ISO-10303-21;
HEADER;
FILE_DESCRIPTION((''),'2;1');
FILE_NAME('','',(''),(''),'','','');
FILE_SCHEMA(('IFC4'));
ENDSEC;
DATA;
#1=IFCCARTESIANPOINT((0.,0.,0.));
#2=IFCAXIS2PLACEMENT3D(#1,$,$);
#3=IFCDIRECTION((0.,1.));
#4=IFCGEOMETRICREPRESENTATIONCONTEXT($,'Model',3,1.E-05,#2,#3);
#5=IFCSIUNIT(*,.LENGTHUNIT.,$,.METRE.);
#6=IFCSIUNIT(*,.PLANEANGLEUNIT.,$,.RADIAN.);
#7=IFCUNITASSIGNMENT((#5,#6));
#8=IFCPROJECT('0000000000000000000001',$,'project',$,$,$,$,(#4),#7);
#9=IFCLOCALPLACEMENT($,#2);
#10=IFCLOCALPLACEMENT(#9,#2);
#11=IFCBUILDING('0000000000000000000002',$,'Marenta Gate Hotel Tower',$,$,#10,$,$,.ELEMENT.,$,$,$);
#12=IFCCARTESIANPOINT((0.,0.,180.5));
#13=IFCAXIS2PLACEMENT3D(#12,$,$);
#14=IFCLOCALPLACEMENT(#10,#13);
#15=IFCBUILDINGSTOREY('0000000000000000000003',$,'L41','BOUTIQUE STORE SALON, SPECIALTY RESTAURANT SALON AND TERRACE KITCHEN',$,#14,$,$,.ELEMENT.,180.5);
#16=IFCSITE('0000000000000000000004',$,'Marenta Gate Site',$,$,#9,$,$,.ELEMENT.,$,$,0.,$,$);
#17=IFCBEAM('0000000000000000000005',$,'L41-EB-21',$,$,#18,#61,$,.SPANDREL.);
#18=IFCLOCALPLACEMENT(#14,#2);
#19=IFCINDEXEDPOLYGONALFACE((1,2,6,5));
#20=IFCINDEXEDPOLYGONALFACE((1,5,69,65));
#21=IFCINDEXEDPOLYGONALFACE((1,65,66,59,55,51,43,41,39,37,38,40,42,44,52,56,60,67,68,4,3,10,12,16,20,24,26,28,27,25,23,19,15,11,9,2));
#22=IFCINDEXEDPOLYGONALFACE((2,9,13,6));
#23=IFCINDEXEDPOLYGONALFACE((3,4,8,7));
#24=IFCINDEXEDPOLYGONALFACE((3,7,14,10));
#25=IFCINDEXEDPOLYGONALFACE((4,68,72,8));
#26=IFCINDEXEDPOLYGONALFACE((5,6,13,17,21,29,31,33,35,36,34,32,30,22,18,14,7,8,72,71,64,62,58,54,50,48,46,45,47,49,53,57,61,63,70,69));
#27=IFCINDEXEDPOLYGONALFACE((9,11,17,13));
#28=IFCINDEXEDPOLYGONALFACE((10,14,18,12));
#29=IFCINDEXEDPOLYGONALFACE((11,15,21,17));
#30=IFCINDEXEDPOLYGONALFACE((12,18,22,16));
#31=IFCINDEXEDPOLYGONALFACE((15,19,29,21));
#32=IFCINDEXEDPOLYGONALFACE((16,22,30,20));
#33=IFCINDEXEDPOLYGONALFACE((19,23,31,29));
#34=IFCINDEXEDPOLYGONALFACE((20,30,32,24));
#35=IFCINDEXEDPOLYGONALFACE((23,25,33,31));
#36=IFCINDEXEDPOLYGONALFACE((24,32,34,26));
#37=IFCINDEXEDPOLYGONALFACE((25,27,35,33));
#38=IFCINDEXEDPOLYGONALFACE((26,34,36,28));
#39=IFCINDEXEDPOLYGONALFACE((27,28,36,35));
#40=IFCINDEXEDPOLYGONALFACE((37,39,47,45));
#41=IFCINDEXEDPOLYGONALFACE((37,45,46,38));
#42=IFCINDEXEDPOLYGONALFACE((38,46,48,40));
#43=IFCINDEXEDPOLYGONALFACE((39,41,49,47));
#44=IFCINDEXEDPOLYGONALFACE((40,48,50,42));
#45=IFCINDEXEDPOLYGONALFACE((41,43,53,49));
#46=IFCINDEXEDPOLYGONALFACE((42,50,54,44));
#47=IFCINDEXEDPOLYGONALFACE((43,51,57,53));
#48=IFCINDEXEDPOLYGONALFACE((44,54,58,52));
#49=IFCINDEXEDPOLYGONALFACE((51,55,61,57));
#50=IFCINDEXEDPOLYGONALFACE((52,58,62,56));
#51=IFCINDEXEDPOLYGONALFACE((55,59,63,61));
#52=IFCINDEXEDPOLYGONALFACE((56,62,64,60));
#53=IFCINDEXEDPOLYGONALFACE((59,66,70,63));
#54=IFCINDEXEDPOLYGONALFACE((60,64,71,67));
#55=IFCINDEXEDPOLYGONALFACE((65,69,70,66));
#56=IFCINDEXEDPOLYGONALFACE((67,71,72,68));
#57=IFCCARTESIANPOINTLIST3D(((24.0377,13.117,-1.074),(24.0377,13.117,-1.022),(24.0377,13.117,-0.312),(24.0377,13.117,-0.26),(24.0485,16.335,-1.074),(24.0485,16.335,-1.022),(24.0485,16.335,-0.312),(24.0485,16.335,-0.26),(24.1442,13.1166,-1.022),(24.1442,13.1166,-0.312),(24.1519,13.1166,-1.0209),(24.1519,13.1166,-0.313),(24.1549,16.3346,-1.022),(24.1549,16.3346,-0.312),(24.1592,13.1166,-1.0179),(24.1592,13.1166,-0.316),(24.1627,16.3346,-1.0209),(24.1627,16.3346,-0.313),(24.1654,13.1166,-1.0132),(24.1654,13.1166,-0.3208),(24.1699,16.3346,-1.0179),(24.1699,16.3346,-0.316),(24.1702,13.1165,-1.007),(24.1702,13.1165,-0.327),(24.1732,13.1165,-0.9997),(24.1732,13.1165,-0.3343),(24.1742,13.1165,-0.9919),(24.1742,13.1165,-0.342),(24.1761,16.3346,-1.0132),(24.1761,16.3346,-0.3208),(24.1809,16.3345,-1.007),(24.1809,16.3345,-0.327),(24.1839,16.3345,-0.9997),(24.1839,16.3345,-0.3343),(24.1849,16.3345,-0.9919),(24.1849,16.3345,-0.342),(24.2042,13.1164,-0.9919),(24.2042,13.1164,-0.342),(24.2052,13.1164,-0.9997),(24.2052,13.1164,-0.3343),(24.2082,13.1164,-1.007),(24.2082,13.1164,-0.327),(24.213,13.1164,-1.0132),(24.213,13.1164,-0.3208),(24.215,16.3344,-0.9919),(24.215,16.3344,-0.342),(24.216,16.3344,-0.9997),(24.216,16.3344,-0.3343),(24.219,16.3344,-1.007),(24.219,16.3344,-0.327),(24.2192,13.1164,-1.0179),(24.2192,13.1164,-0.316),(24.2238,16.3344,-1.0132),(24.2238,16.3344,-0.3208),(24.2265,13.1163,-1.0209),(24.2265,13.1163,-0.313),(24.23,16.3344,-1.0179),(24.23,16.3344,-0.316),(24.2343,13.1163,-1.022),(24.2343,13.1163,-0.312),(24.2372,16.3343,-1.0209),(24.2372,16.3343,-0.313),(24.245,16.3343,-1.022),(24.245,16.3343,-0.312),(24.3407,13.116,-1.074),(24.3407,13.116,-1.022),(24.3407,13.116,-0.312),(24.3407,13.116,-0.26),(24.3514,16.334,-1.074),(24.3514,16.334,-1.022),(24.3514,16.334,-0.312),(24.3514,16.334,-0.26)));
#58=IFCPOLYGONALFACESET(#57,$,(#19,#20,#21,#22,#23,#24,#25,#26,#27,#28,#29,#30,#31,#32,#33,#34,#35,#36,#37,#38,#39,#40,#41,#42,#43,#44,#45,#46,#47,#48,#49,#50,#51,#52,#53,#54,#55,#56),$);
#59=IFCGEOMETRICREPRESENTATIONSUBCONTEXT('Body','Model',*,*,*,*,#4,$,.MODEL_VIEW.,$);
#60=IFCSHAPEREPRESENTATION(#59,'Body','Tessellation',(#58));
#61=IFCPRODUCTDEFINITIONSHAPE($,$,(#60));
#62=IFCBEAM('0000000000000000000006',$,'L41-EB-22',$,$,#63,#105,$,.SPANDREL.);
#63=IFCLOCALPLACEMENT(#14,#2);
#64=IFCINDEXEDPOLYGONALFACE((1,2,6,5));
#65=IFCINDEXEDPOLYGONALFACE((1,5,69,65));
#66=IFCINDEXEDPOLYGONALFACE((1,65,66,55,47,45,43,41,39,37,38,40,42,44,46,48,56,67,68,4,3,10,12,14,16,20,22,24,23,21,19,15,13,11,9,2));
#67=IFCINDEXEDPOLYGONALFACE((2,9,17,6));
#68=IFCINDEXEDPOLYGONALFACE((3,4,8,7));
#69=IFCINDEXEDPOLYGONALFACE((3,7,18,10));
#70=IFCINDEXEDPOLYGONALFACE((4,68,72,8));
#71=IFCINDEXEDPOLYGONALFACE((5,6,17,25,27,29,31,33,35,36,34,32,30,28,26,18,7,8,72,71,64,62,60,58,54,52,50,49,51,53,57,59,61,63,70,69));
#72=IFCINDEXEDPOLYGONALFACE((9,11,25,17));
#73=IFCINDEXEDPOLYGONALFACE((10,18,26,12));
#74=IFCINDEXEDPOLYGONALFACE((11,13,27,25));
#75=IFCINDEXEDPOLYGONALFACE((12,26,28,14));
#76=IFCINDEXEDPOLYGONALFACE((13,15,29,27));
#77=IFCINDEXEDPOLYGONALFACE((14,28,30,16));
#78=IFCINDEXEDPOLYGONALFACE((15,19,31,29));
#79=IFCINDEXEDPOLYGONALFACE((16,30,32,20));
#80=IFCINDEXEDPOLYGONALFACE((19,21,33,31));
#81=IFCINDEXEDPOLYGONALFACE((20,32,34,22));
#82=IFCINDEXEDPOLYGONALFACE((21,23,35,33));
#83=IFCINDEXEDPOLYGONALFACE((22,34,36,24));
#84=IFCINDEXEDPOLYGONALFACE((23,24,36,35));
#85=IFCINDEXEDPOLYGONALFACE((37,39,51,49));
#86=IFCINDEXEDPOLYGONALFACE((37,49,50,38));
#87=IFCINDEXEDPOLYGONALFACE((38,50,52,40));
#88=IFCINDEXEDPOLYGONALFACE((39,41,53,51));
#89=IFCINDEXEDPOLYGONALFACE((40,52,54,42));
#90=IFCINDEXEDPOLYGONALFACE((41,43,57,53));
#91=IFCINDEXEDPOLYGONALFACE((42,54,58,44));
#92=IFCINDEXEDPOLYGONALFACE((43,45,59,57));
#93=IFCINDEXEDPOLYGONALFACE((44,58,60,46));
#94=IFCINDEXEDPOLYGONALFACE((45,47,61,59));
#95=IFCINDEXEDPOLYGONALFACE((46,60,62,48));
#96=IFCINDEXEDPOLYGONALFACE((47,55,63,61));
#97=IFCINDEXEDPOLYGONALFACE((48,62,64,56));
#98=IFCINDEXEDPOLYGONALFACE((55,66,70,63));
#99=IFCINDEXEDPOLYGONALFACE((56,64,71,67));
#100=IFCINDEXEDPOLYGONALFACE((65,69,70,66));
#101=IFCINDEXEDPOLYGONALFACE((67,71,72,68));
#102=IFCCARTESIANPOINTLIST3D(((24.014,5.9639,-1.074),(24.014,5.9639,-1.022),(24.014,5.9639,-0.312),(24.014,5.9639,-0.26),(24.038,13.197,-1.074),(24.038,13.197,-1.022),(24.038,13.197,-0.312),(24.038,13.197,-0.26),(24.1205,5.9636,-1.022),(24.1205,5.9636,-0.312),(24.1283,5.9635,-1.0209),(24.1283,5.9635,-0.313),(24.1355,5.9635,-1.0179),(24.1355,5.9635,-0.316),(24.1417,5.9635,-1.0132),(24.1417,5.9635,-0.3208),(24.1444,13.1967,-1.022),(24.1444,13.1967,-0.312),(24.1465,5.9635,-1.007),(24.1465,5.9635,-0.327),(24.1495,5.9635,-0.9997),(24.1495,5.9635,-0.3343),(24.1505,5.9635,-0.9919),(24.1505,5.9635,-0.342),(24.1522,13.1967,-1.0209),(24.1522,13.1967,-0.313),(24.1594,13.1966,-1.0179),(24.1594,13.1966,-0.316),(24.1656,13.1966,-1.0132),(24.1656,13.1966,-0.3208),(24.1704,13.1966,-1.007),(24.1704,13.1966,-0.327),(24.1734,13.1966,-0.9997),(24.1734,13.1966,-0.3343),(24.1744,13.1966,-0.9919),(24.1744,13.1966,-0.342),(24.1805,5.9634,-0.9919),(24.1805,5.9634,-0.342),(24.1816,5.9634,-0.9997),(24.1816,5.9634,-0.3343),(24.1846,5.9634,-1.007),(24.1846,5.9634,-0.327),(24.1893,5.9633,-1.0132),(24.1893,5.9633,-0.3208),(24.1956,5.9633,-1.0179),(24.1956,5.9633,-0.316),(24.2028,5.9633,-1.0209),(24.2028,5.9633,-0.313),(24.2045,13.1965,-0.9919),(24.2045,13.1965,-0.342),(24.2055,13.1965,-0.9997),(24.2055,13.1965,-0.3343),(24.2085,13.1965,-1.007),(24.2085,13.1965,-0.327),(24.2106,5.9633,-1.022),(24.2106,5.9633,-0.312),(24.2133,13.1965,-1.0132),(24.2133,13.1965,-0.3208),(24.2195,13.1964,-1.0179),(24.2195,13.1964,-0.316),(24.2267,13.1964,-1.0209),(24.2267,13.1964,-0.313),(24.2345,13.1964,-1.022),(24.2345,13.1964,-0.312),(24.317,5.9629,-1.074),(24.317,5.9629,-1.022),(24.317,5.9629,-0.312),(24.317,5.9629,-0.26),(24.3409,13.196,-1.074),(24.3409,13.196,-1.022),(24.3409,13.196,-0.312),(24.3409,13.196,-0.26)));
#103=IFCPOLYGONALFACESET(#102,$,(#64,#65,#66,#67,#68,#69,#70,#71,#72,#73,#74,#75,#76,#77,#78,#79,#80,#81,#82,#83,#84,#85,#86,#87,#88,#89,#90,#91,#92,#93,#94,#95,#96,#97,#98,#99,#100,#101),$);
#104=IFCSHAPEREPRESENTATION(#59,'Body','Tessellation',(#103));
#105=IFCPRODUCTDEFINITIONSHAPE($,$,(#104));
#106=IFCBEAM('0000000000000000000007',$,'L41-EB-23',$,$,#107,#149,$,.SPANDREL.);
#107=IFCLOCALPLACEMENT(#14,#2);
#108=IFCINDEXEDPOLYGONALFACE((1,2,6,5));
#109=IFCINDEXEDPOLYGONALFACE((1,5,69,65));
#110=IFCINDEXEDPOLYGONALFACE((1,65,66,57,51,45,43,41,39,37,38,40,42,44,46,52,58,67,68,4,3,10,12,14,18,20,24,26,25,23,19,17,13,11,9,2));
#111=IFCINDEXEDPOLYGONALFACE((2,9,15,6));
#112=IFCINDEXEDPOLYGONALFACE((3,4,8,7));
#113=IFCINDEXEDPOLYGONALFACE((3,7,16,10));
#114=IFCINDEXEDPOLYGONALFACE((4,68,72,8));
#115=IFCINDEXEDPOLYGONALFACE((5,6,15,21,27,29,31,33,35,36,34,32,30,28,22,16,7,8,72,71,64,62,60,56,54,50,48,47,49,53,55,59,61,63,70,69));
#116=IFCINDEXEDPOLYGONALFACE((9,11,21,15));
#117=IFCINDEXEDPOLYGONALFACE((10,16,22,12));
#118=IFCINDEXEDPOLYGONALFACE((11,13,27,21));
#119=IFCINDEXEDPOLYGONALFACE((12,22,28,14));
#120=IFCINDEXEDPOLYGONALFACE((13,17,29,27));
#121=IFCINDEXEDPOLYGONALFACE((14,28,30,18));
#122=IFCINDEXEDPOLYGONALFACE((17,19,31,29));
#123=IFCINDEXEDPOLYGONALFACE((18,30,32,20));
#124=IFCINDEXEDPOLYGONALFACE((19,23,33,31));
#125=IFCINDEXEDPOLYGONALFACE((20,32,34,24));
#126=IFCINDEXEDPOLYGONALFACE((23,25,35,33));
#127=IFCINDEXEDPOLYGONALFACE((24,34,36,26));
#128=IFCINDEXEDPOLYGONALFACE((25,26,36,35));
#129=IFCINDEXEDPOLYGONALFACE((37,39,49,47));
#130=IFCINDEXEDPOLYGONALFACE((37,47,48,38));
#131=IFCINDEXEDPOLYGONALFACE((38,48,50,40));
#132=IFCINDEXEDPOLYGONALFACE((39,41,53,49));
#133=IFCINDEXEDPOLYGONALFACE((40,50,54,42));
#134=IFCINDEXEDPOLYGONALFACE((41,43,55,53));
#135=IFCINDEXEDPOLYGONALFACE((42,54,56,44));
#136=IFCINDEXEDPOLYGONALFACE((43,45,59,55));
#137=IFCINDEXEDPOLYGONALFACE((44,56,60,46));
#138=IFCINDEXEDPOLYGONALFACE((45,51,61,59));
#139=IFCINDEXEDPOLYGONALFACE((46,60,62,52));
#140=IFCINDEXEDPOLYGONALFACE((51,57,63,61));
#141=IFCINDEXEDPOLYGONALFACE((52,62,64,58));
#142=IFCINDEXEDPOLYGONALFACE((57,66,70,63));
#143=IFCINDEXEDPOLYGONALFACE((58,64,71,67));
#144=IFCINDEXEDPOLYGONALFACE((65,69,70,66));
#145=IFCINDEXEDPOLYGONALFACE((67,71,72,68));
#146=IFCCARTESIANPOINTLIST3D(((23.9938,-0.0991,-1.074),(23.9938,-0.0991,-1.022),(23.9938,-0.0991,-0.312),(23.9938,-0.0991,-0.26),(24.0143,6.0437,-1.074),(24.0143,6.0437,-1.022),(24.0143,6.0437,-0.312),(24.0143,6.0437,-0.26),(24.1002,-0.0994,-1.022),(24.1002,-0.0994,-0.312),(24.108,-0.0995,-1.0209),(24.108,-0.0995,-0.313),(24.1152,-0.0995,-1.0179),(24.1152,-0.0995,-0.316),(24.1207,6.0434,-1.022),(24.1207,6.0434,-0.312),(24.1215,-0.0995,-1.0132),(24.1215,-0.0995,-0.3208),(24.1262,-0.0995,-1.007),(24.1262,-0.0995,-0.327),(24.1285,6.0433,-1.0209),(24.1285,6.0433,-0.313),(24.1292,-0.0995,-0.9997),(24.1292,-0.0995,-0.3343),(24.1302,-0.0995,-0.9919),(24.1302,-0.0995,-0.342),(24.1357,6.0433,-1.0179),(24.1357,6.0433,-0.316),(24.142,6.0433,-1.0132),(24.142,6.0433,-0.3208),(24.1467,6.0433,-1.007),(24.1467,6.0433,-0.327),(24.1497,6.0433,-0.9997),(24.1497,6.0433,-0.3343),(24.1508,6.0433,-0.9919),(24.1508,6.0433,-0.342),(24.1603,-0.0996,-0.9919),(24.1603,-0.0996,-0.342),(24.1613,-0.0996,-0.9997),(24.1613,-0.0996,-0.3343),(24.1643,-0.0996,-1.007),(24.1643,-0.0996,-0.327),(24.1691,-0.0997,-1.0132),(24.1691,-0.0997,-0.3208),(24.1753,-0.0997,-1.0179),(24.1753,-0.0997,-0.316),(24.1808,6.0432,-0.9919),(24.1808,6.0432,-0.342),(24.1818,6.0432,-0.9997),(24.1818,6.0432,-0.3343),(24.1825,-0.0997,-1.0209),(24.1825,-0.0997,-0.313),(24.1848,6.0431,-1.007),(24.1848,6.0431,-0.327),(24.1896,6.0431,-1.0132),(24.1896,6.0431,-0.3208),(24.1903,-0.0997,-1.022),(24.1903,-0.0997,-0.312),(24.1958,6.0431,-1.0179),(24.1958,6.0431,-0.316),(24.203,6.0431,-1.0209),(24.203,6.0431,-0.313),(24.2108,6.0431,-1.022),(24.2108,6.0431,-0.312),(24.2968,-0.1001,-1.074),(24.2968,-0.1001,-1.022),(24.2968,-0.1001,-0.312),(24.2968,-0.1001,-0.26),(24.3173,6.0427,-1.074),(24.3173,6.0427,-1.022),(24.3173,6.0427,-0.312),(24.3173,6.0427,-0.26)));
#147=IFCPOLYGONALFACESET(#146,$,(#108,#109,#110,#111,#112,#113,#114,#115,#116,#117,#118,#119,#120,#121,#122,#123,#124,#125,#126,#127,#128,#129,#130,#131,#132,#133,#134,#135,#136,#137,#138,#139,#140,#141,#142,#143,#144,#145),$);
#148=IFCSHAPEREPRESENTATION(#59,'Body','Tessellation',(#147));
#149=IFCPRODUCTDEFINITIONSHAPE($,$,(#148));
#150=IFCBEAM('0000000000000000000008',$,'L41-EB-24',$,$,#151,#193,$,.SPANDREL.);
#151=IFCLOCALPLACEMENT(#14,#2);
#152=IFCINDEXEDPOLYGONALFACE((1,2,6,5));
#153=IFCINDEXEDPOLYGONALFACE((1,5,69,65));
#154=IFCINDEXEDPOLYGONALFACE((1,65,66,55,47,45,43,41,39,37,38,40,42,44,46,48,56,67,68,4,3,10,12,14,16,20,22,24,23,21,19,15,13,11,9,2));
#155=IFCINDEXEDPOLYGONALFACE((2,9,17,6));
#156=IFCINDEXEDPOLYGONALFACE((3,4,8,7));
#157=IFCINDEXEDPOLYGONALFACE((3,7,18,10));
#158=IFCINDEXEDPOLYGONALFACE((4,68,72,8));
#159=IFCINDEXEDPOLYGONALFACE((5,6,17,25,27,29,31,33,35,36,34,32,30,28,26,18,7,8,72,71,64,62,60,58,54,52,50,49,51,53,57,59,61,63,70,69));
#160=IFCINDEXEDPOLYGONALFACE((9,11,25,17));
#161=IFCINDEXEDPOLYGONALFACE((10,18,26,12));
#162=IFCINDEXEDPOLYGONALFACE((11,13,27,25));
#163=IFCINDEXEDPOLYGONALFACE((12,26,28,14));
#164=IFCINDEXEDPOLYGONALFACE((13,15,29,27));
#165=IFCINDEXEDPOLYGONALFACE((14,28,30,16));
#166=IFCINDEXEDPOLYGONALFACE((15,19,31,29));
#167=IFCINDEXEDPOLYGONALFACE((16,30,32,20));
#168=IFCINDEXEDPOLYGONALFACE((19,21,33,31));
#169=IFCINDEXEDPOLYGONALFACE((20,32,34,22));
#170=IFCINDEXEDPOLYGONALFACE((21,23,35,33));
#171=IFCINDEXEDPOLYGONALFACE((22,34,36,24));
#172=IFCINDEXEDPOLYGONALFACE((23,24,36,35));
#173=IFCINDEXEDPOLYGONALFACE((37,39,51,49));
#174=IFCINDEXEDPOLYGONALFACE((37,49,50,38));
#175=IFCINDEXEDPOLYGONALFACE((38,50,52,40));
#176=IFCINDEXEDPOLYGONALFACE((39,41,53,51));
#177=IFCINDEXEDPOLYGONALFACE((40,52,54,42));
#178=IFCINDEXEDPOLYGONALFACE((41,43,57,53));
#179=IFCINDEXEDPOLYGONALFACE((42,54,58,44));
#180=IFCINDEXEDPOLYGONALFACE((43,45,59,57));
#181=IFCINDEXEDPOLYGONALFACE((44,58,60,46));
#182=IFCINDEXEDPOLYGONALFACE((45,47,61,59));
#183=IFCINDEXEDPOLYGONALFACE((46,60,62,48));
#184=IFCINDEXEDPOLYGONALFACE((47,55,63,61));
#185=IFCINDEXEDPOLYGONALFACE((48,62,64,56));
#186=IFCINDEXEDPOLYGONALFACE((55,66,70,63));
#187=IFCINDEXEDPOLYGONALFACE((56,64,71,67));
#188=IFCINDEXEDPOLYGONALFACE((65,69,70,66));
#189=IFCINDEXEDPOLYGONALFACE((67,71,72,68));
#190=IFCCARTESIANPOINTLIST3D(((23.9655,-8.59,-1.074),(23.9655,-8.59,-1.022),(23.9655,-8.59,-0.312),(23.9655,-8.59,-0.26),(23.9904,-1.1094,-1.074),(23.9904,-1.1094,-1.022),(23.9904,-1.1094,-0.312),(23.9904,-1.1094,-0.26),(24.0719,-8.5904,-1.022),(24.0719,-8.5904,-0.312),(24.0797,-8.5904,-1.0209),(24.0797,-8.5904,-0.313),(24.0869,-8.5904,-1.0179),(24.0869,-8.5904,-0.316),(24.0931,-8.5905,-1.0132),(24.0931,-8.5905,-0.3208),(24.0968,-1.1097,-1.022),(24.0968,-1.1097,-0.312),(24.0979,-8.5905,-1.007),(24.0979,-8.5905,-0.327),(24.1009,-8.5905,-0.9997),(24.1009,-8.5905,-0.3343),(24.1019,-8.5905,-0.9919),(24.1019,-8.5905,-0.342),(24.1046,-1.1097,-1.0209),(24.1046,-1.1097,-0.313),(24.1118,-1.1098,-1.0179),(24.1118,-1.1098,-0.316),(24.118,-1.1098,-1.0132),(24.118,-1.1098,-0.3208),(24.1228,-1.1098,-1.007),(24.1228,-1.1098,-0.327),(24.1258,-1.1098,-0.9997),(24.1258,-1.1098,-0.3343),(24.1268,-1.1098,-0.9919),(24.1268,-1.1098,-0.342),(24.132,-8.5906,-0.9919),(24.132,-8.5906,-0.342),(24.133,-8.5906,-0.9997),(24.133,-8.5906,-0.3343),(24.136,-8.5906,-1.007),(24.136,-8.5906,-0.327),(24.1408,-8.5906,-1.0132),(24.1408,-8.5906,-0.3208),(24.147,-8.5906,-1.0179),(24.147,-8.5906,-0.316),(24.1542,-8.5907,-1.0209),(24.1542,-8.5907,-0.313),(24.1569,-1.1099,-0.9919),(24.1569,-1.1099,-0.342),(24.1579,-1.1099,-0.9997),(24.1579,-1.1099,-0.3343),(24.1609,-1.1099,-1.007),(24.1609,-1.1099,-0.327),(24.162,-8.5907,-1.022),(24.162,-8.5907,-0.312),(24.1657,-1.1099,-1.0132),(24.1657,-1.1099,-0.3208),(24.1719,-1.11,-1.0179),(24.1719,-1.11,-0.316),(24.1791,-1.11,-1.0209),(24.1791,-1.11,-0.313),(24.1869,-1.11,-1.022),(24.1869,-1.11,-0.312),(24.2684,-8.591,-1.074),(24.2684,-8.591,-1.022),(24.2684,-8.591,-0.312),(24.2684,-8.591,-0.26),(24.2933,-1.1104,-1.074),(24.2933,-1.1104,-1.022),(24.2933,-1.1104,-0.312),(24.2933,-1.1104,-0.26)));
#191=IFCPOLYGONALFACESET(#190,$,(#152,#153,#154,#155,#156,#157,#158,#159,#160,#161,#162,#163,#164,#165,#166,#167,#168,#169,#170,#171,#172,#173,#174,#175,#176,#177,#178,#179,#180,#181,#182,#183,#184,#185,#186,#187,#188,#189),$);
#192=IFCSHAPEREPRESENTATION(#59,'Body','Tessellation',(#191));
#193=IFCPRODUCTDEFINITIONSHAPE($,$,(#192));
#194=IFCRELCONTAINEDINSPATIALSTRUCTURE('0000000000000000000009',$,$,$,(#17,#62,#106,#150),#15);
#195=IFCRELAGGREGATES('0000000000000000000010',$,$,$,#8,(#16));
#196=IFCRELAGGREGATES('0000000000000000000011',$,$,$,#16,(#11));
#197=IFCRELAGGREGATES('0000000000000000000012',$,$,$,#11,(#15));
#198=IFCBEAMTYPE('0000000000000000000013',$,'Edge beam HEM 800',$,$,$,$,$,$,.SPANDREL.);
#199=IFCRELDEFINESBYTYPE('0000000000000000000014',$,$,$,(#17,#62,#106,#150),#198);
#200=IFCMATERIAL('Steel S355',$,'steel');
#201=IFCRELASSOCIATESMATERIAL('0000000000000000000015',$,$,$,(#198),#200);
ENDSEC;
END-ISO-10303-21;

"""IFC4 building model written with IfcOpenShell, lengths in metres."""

from ifc_helpers import new_model, si_unit, direction, frame, origin, origin_2d, place, context, subcontext, project, spatial, i_section, extrude, material, material_profile, profile_set, type_object, element, save


model = new_model("IFC4")

# Units and contexts
model_context = context("Model", 3, precision=1e-05, world=origin(), true_north=direction((0.0, 1.0)))
body_context = subcontext(model_context, "Body", "Model", "MODEL_VIEW")
ifc_project = project(units=[si_unit("LENGTHUNIT", "METRE"), si_unit("PLANEANGLEUNIT", "RADIAN")], contexts=[model_context])

# Site, building, storey
site_placement = place(None, origin())
site = spatial("IfcSite", under=ifc_project, at=site_placement, Name="Marenta Gate Site", CompositionType="ELEMENT", RefElevation=0.0)
building_placement = place(site_placement, origin())
building = spatial("IfcBuilding", under=site, at=building_placement, Name="Marenta Gate Hotel Tower", CompositionType="ELEMENT")
storey_placement = place(building_placement, frame((0.0, 0.0, 180.5)))
storey = spatial("IfcBuildingStorey", under=building, at=storey_placement, Name="L41", Description="BOUTIQUE STORE SALON, SPECIALTY RESTAURANT SALON AND TERRACE KITCHEN", CompositionType="ELEMENT", Elevation=180.5)

# Beams
ifc_material_1 = material(Name="Steel S355", Category="steel")
ifc_material_profile_1 = material_profile(ifc_material_1, i_section(OverallWidth=0.303, OverallDepth=0.814, WebThickness=0.03, FlangeThickness=0.052, FilletRadius=0.03, at=origin_2d()), Name="HEM 800")
ifc_profile_set_1 = profile_set([ifc_material_profile_1], Name="Steel S355")
beam_type_1 = type_object("IfcBeamType", Name="Edge beam HEM 800", PredefinedType="SPANDREL", material=ifc_profile_set_1)
beam_1_placement = place(storey_placement, frame((24.2, 16.3345, -0.667), z_axis=(-0.003338, -0.999994, 0.0), x_axis=(0.999994, -0.003338, 0.0)))
element("IfcBeam", 1, at=beam_1_placement, inside=storey, type_object=beam_type_1, Name="L41-EB-21", PredefinedType="SPANDREL", context=body_context, shape_type="SweptSolid", body=[
    extrude(i_section(OverallWidth=0.303, OverallDepth=0.814, WebThickness=0.03, FlangeThickness=0.052, FilletRadius=0.03, at=origin_2d()), origin(), (0.0, 0.0, 1.0), 3.218),
])
beam_2_placement = place(storey_placement, frame((24.1895, 13.1965, -0.667), z_axis=(-0.003308, -0.999995, 0.0), x_axis=(0.999995, -0.003308, 0.0)))
element("IfcBeam", 2, at=beam_2_placement, inside=storey, type_object=beam_type_1, Name="L41-EB-22", PredefinedType="SPANDREL", context=body_context, shape_type="SweptSolid", body=[
    extrude(i_section(OverallWidth=0.303, OverallDepth=0.814, WebThickness=0.03, FlangeThickness=0.052, FilletRadius=0.03, at=origin_2d()), origin(), (0.0, 0.0, 1.0), 7.2332),
])
beam_3_placement = place(storey_placement, frame((24.1658, 6.0432, -0.667), z_axis=(-0.003338, -0.999994, 0.0), x_axis=(0.999994, -0.003338, 0.0)))
element("IfcBeam", 3, at=beam_3_placement, inside=storey, type_object=beam_type_1, Name="L41-EB-23", PredefinedType="SPANDREL", context=body_context, shape_type="SweptSolid", body=[
    extrude(i_section(OverallWidth=0.303, OverallDepth=0.814, WebThickness=0.03, FlangeThickness=0.052, FilletRadius=0.03, at=origin_2d()), origin(), (0.0, 0.0, 1.0), 6.1428),
])
beam_4_placement = place(storey_placement, frame((24.1418, -1.1099, -0.667), z_axis=(-0.003329, -0.999994, 0.0), x_axis=(0.999994, -0.003329, 0.0)))
element("IfcBeam", 4, at=beam_4_placement, inside=storey, type_object=beam_type_1, Name="L41-EB-24", PredefinedType="SPANDREL", context=body_context, shape_type="SweptSolid", body=[
    extrude(i_section(OverallWidth=0.303, OverallDepth=0.814, WebThickness=0.03, FlangeThickness=0.052, FilletRadius=0.03, at=origin_2d()), origin(), (0.0, 0.0, 1.0), 7.4807),
])

save(model, "model.ifc")
